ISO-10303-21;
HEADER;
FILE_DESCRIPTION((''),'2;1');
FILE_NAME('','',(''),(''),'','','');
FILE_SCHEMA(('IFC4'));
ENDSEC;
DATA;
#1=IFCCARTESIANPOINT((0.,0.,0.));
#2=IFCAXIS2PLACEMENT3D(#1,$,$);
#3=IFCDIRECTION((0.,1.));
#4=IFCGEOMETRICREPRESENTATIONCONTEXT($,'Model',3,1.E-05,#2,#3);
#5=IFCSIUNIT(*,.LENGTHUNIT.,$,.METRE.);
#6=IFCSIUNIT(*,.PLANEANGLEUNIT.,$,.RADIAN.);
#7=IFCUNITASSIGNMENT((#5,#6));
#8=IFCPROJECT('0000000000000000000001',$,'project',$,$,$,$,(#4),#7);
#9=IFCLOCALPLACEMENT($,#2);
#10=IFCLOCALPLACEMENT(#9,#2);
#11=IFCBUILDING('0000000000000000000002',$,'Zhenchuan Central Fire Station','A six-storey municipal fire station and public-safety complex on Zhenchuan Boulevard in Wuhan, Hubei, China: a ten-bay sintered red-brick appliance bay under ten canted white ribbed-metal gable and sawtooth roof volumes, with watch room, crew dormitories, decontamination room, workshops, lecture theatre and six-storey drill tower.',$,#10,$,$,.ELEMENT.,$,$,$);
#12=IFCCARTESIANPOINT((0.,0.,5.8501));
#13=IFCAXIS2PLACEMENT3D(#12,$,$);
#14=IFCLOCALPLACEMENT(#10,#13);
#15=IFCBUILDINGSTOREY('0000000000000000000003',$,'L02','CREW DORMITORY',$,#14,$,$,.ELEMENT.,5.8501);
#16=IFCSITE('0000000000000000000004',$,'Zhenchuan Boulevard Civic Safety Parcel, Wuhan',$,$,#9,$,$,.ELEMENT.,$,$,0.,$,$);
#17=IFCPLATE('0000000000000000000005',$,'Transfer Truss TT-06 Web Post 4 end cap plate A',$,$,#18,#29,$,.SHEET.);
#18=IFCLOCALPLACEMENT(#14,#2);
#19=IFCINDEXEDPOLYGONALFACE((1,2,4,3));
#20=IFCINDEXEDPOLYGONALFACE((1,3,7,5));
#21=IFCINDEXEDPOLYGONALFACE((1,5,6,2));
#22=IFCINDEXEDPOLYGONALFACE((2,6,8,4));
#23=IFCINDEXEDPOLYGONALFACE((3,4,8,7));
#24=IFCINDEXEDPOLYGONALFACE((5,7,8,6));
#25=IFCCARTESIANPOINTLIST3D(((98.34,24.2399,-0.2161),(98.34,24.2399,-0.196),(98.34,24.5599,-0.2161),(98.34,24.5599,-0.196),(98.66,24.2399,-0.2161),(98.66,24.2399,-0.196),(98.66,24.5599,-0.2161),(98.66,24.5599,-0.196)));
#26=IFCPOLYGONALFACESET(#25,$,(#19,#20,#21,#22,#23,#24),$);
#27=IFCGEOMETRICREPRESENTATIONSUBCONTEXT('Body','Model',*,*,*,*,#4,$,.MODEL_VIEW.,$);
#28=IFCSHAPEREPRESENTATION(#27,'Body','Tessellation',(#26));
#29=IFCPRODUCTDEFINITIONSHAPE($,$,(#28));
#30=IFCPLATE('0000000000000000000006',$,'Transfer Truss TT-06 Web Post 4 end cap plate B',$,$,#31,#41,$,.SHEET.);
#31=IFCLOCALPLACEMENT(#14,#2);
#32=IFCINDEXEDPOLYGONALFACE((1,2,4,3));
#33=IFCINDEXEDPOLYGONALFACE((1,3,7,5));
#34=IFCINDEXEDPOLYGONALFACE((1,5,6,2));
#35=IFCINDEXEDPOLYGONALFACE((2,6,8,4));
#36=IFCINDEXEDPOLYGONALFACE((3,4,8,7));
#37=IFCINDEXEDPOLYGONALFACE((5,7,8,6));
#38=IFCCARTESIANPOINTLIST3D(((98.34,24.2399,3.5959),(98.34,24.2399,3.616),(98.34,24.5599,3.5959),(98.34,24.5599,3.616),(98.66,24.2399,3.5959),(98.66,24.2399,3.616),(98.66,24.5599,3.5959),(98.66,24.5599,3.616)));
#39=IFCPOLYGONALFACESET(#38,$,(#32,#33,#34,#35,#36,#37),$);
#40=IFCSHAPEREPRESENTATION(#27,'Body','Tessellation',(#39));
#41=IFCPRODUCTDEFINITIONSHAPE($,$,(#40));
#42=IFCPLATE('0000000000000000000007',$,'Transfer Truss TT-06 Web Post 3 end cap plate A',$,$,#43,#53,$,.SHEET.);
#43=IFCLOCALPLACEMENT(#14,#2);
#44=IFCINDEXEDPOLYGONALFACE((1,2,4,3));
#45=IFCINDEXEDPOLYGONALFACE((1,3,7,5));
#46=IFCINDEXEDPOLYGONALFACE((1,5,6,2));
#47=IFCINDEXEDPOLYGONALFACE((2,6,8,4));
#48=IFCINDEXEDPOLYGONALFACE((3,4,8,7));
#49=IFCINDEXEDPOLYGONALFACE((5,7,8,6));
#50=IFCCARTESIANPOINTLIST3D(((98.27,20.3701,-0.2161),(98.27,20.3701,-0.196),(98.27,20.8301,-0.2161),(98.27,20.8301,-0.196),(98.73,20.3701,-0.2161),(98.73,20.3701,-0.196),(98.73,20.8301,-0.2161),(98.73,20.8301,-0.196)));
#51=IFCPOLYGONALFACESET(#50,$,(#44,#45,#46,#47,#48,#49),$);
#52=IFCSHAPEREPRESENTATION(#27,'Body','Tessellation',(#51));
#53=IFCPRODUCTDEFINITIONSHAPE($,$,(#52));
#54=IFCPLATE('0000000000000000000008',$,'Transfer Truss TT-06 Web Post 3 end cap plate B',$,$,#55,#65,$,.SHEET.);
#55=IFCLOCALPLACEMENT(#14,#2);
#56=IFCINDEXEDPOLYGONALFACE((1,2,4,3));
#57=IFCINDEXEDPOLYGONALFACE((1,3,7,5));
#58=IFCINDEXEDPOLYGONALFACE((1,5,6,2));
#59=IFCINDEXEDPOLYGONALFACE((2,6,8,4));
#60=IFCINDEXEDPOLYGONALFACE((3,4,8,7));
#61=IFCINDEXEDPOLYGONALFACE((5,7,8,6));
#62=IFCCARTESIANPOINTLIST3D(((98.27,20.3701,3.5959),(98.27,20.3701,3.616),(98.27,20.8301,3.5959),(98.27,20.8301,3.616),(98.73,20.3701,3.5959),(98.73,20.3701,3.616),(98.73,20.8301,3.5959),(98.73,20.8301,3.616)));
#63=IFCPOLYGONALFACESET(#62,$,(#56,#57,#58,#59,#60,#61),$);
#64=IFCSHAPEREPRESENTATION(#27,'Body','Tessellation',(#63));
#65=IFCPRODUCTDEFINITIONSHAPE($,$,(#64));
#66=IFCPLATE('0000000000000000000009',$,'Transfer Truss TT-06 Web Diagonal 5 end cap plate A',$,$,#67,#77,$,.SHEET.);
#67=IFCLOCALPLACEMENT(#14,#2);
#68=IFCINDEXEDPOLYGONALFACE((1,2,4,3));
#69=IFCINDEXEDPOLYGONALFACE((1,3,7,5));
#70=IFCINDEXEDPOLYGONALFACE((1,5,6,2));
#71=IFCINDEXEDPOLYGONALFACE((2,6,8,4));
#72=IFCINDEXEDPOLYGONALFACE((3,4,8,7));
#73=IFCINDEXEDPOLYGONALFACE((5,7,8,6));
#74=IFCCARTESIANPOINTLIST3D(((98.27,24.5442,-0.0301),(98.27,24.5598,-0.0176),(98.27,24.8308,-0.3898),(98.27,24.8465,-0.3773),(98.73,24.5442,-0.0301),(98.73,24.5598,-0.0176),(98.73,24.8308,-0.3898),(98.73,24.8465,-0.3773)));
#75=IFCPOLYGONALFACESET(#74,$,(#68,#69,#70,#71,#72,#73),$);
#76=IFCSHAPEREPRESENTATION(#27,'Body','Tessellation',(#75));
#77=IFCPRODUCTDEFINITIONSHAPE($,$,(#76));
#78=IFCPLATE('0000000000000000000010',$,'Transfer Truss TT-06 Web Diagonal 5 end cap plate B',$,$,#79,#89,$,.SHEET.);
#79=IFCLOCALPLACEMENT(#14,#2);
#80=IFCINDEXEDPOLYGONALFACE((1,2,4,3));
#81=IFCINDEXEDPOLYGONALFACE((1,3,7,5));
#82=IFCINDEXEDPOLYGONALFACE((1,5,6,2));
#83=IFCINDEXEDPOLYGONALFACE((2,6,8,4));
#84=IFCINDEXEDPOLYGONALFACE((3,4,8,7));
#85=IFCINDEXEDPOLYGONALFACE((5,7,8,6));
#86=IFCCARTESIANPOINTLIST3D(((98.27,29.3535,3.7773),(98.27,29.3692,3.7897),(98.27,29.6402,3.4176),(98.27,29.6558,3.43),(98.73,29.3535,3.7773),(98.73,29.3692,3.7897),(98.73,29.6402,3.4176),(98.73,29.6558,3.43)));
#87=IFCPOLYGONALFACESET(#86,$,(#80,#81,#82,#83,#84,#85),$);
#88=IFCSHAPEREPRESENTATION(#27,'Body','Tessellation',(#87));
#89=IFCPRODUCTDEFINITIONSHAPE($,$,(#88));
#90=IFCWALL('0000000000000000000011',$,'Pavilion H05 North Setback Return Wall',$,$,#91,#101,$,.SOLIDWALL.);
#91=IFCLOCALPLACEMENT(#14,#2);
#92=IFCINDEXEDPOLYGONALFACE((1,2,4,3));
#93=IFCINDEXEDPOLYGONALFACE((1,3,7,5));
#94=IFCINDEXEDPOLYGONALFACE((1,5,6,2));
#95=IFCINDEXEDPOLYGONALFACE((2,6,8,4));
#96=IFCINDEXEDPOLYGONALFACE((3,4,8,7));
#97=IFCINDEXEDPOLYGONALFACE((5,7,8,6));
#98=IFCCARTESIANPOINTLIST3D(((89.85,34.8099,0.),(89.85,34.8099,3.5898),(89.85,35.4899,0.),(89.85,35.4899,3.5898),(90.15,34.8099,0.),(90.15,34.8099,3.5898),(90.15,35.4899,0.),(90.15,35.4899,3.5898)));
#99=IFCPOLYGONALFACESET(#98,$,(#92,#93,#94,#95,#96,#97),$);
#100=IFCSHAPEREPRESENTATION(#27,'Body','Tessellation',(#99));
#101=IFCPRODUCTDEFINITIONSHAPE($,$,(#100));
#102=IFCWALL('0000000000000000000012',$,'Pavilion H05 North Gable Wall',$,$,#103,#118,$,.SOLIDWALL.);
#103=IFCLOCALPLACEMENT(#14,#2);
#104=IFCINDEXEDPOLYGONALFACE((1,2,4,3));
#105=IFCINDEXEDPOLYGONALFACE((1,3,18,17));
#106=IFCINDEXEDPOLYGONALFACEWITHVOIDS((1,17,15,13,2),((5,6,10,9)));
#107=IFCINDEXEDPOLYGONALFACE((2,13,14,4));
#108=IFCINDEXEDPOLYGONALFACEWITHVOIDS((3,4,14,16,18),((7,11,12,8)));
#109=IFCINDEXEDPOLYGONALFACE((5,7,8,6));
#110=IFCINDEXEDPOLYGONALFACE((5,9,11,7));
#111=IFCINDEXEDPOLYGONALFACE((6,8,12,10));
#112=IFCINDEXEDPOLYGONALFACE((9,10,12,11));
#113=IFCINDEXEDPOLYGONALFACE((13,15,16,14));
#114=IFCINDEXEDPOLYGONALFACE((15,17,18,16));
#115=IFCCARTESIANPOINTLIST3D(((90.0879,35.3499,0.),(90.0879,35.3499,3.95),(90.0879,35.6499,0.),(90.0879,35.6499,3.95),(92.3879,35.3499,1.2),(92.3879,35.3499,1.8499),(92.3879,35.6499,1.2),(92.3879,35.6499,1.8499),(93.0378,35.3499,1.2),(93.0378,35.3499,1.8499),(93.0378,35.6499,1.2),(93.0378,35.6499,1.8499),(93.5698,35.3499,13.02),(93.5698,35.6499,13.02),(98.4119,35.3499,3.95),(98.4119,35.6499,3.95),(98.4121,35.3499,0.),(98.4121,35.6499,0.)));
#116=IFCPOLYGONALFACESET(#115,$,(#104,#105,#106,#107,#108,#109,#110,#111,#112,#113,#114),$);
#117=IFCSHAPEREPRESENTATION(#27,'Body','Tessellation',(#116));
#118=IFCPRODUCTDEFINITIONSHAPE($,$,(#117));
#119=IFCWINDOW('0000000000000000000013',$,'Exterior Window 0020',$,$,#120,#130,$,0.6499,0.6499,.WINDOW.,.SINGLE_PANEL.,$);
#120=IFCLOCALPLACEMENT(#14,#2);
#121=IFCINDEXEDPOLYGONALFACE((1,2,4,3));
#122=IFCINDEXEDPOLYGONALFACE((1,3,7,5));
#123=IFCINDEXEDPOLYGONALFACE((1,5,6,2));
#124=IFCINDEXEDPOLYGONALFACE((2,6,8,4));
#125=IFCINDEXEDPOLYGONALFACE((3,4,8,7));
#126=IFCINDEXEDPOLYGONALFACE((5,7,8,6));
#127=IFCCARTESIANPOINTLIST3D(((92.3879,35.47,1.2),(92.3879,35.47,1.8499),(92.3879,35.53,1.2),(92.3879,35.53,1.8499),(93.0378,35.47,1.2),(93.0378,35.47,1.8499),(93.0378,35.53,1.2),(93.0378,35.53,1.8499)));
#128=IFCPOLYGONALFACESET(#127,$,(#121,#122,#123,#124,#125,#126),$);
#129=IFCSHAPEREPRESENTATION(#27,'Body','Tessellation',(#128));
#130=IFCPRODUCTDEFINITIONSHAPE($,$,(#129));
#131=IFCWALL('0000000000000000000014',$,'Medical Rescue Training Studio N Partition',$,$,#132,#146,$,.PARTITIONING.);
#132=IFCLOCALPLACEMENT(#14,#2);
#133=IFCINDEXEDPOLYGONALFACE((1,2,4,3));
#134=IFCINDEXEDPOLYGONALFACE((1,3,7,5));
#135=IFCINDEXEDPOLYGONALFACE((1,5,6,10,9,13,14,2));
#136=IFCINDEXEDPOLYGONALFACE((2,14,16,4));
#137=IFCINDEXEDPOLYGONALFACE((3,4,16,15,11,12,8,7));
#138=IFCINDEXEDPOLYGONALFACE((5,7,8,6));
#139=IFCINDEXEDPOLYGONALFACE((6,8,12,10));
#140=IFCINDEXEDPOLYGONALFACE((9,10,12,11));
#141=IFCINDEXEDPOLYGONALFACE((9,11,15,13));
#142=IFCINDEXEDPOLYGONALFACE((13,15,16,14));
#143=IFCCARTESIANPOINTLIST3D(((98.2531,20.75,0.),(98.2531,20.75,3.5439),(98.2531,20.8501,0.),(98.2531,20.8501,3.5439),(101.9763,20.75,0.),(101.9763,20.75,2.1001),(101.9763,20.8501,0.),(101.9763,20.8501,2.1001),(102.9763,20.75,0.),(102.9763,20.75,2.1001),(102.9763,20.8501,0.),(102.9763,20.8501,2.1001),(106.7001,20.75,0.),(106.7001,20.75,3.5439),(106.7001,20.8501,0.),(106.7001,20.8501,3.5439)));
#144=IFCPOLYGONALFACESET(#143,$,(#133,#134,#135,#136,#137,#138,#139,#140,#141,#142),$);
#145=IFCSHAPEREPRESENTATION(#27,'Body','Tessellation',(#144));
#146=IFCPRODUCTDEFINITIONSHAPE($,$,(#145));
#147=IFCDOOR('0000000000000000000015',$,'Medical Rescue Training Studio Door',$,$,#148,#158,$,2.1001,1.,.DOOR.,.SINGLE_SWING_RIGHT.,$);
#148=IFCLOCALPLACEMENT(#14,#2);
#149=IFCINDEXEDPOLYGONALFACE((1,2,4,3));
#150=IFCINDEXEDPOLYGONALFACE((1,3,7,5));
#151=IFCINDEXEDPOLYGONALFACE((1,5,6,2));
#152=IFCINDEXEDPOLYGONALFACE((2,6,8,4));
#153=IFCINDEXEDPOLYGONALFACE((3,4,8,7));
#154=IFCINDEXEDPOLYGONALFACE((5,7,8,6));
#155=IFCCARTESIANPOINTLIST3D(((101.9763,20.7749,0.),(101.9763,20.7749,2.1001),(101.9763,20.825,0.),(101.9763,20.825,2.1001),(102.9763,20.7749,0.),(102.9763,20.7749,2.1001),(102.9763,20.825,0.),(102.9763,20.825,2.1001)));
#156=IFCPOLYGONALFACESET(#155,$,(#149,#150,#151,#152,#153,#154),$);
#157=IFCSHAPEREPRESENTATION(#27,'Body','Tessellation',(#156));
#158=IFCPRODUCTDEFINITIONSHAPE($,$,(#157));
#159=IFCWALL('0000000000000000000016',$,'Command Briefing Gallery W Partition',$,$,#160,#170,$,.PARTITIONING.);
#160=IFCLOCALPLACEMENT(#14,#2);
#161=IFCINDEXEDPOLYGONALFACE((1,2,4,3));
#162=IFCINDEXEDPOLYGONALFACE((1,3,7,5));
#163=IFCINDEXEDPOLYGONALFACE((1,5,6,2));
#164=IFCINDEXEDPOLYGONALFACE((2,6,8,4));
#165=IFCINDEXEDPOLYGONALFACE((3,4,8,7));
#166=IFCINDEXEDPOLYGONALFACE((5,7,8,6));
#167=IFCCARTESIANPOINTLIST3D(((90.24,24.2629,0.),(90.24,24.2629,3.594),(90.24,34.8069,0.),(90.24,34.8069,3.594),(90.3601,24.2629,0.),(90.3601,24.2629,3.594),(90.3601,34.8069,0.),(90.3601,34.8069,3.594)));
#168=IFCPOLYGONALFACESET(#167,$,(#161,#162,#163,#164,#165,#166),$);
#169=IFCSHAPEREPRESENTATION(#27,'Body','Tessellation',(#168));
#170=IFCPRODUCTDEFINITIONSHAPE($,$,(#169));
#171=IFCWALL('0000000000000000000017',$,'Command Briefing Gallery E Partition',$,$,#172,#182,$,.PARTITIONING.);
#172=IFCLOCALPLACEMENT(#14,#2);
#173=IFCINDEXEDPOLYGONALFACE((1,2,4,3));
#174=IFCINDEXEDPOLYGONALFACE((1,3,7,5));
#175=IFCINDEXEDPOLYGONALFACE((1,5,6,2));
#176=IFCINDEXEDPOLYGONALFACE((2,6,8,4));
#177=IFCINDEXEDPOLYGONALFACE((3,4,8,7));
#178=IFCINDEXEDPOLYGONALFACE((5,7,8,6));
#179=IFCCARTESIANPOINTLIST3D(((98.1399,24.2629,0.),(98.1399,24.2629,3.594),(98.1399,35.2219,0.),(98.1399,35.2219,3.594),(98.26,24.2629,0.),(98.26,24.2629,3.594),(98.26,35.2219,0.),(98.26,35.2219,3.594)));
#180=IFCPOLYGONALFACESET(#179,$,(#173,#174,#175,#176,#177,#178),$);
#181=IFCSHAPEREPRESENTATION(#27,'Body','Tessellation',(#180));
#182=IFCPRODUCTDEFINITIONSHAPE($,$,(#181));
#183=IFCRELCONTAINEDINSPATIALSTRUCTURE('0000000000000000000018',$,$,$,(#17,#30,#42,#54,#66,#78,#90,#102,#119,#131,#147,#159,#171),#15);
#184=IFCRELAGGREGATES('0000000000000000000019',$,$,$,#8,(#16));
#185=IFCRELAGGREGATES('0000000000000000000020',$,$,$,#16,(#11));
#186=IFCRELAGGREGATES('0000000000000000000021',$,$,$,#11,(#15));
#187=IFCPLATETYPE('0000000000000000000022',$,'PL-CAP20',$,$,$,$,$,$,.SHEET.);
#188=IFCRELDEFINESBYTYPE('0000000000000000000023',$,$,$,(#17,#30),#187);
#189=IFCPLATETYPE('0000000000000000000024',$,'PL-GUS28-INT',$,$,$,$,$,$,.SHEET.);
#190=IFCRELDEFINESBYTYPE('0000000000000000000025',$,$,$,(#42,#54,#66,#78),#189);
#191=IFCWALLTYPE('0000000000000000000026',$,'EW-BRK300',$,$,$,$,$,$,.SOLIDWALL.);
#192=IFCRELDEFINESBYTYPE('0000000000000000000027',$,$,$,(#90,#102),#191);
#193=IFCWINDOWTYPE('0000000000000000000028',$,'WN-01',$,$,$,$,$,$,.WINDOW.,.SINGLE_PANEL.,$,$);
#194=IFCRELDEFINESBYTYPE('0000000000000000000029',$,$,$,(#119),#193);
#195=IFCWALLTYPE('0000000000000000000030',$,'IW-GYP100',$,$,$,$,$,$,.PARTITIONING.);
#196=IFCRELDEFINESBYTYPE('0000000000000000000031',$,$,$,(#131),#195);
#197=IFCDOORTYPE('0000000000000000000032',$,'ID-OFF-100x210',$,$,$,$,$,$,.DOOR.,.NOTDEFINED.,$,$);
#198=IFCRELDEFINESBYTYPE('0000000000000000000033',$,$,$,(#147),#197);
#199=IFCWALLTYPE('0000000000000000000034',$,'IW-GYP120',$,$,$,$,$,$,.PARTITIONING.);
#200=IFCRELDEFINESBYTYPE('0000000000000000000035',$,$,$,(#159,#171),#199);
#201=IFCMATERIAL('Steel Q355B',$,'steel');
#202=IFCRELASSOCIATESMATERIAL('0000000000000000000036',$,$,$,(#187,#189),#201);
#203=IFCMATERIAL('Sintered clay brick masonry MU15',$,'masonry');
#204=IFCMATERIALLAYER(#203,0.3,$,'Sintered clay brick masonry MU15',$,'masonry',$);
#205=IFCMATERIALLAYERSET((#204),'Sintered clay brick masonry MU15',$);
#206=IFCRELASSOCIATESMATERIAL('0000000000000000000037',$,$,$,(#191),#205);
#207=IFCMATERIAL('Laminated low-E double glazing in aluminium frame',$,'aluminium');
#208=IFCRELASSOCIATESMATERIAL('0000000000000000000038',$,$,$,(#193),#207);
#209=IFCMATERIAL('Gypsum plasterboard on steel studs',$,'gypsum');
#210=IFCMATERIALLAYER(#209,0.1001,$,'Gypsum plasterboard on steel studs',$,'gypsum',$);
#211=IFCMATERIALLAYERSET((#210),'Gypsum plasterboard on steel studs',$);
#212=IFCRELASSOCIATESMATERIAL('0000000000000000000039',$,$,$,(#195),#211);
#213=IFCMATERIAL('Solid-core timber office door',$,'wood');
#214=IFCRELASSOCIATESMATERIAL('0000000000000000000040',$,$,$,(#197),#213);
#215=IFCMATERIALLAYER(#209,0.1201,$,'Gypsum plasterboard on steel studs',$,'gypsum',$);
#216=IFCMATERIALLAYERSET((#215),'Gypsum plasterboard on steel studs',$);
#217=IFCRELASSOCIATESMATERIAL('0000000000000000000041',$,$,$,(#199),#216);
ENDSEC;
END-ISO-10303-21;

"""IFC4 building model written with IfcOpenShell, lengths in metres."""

from ifc_helpers import new_model, si_unit, direction, frame, frame_2d, origin, origin_2d, place, context, subcontext, project, spatial, polyline, rectangle, outline, extrude, material, layer, layer_set, material_profile, profile_set, type_object, element, fill, save


model = new_model("IFC4")

# Units and contexts
model_context = context("Model", 3, precision=1e-05, world=origin(), true_north=direction((0.0, 1.0)))
body_context = subcontext(model_context, "Body", "Model", "MODEL_VIEW")
ifc_project = project(units=[si_unit("LENGTHUNIT", "METRE"), si_unit("PLANEANGLEUNIT", "RADIAN")], contexts=[model_context])

# Site, building, storey
site_placement = place(None, origin())
site = spatial("IfcSite", under=ifc_project, at=site_placement, Name="Zhenchuan Boulevard Civic Safety Parcel, Wuhan", CompositionType="ELEMENT", RefElevation=0.0)
building_placement = place(site_placement, origin())
building = spatial("IfcBuilding", under=site, at=building_placement, Name="Zhenchuan Central Fire Station", Description="A six-storey municipal fire station and public-safety complex on Zhenchuan Boulevard in Wuhan, Hubei, China: a ten-bay sintered red-brick appliance bay under ten canted white ribbed-metal gable and sawtooth roof volumes, with watch room, crew dormitories, decontamination room, workshops, lecture theatre and six-storey drill tower.", CompositionType="ELEMENT")
storey_placement = place(building_placement, frame((0.0, 0.0, 5.8501)))
storey = spatial("IfcBuildingStorey", under=building, at=storey_placement, Name="L02", Description="CREW DORMITORY", CompositionType="ELEMENT", Elevation=5.8501)

# Shared definitions
ifc_material_1 = material(Name="Steel Q355B", Category="steel")

# Plates
ifc_material_profile_1 = material_profile(ifc_material_1, rectangle(XDim=0.3201, YDim=0.3201, at=origin_2d()), Name="PL 320x320x20")
ifc_profile_set_1 = profile_set([ifc_material_profile_1], Name="Steel Q355B")
plate_type_1 = type_object("IfcPlateType", Name="PL-CAP20", PredefinedType="SHEET", material=ifc_profile_set_1)
for number, where, z_axis, x_axis, name in (
    (1, (98.5, 24.3999, -0.2161), (0.0, 0.0, 1.0), (1.0, 0.0, 0.0), "Transfer Truss TT-06 Web Post 4 end cap plate A"),
    (2, (98.5, 24.3999, 3.5959), (0.0, 0.0, 1.0), (1.0, 0.0, 0.0), "Transfer Truss TT-06 Web Post 4 end cap plate B"),
):
    element("IfcPlate", number, at=place(storey_placement, frame(where, z_axis=z_axis, x_axis=x_axis)), inside=storey, type_object=plate_type_1, Name=name, PredefinedType="SHEET", context=body_context, shape_type="SweptSolid", body=[
        extrude(rectangle(XDim=0.3201, YDim=0.3201, at=origin_2d()), origin(), (0.0, 0.0, 1.0), 0.02),
    ])
ifc_material_profile_2 = material_profile(ifc_material_1, rectangle(XDim=0.46, YDim=0.46, at=origin_2d()), Name="PL 460x460x28")
ifc_profile_set_2 = profile_set([ifc_material_profile_2], Name="Steel Q355B")
plate_type_2 = type_object("IfcPlateType", Name="PL-GUS28-INT", PredefinedType="SHEET", material=ifc_profile_set_2)
for number, where, z_axis, x_axis, name in (
    (3, (98.5, 20.6001, -0.2161), (0.0, 0.0, 1.0), (1.0, 0.0, 0.0), "Transfer Truss TT-06 Web Post 3 end cap plate A"),
    (4, (98.5, 20.6001, 3.5959), (0.0, 0.0, 1.0), (1.0, 0.0, 0.0), "Transfer Truss TT-06 Web Post 3 end cap plate B"),
    (5, (98.5, 24.6875, -0.21), (0.0, 0.78206, 0.623204), (-1.0, 0.0, 0.0), "Transfer Truss TT-06 Web Diagonal 5 end cap plate A"),
    (6, (98.5, 29.4968, 3.5974), (0.0, 0.78206, 0.623204), (-1.0, 0.0, 0.0), "Transfer Truss TT-06 Web Diagonal 5 end cap plate B"),
):
    element("IfcPlate", number, at=place(storey_placement, frame(where, z_axis=z_axis, x_axis=x_axis)), inside=storey, type_object=plate_type_2, Name=name, PredefinedType="SHEET", context=body_context, shape_type="SweptSolid", body=[
        extrude(rectangle(XDim=0.46, YDim=0.46, at=origin_2d()), origin(), (0.0, 0.0, 1.0), 0.02),
    ])

# Wall
ifc_material_2 = material(Name="Sintered clay brick masonry MU15", Category="masonry")
ifc_layer_1 = layer(ifc_material_2, 0.3, Name="Sintered clay brick masonry MU15", Category="masonry")
ifc_layer_set_1 = layer_set([ifc_layer_1], Name="Sintered clay brick masonry MU15")
wall_type_1 = type_object("IfcWallType", Name="EW-BRK300", PredefinedType="SOLIDWALL", material=ifc_layer_set_1)
wall_1_placement = place(storey_placement, frame((90.0, 34.8101, 0.0), z_axis=(0.0, 0.0, 1.0), x_axis=(0.0, 1.0, 0.0)))
element("IfcWall", 7, at=wall_1_placement, inside=storey, type_object=wall_type_1, Name="Pavilion H05 North Setback Return Wall", PredefinedType="SOLIDWALL", context=body_context, shape_type="SweptSolid", body=[
    extrude(rectangle(XDim=0.6799, YDim=0.3, at=frame_2d((0.3398, 0.0))), origin(), (0.0, 0.0, 1.0), 3.5898),
])

# Wall, opening, window
wall_2_placement = place(storey_placement, frame((90.0879, 35.5, 0.0), z_axis=(0.0, 0.0, 1.0), x_axis=(1.0, 0.0, 0.0)))
wall_2 = element("IfcWall", 8, at=wall_2_placement, inside=storey, type_object=wall_type_1, Name="Pavilion H05 North Gable Wall", PredefinedType="SOLIDWALL", context=body_context, shape_type="SweptSolid", body=[
    extrude(outline(polyline([(0.0, 0.0), (8.3242, 0.0), (8.324, 3.95), (3.4819, 13.02), (0.0, 3.95), (0.0, 0.0)])), frame((0.0, 0.1499, 0.0), z_axis=(0.0, -1.0, 0.0), x_axis=(1.0, 0.0, 0.0)), (0.0, 0.0, 1.0), 0.3),
])
opening_1_placement = place(wall_2_placement, frame((2.3, 0.0, 1.2)))
opening_1 = element("IfcOpeningElement", 9, at=opening_1_placement, cuts=wall_2, PredefinedType="OPENING", context=body_context, shape_type="SweptSolid", body=[
    extrude(rectangle(XDim=0.6499, YDim=0.6499, at=frame_2d((0.325, 0.325))), frame((0.0, 0.1599, 0.0), z_axis=(0.0, -1.0, 0.0), x_axis=(1.0, 0.0, 0.0)), (0.0, 0.0, 1.0), 0.3201),
])
ifc_material_3 = material(Name="Laminated low-E double glazing in aluminium frame", Category="aluminium")
window_type = type_object("IfcWindowType", Name="WN-01", PartitioningType="SINGLE_PANEL", PredefinedType="WINDOW", material=ifc_material_3)
window_placement = place(opening_1_placement, origin())
window = element("IfcWindow", 10, at=window_placement, inside=storey, type_object=window_type, Name="Exterior Window 0020", OverallHeight=0.6499, OverallWidth=0.6499, PartitioningType="SINGLE_PANEL", PredefinedType="WINDOW", context=body_context, shape_type="SweptSolid", body=[
    extrude(rectangle(XDim=0.6499, YDim=0.6499, at=frame_2d((0.325, 0.325))), frame((0.0, 0.03, 0.0), z_axis=(0.0, -1.0, 0.0), x_axis=(1.0, 0.0, 0.0)), (0.0, 0.0, 1.0), 0.0601),
])
fill(opening_1, window)

# Wall, opening, door
ifc_material_4 = material(Name="Gypsum plasterboard on steel studs", Category="gypsum")
ifc_layer_2 = layer(ifc_material_4, 0.1001, Name="Gypsum plasterboard on steel studs", Category="gypsum")
ifc_layer_set_2 = layer_set([ifc_layer_2], Name="Gypsum plasterboard on steel studs")
wall_type_2 = type_object("IfcWallType", Name="IW-GYP100", PredefinedType="PARTITIONING", material=ifc_layer_set_2)
wall_3_placement = place(storey_placement, frame((98.2529, 20.8, 0.0), z_axis=(0.0, 0.0, 1.0), x_axis=(1.0, 0.0, 0.0)))
wall_3 = element("IfcWall", 11, at=wall_3_placement, inside=storey, type_object=wall_type_2, Name="Medical Rescue Training Studio N Partition", PredefinedType="PARTITIONING", context=body_context, shape_type="SweptSolid", body=[
    extrude(rectangle(XDim=8.447, YDim=0.1001, at=frame_2d((4.2236, 0.0))), origin(), (0.0, 0.0, 1.0), 3.5439),
])
opening_2_placement = place(wall_3_placement, frame((3.7234, 0.0, 0.0)))
opening_2 = element("IfcOpeningElement", 12, at=opening_2_placement, cuts=wall_3, PredefinedType="OPENING", context=body_context, shape_type="SweptSolid", body=[
    extrude(rectangle(XDim=1.0, YDim=2.1001, at=frame_2d((0.5, 1.05))), frame((0.0, 0.0601, 0.0), z_axis=(0.0, -1.0, 0.0), x_axis=(1.0, 0.0, 0.0)), (0.0, 0.0, 1.0), 0.1201),
])
ifc_material_5 = material(Name="Solid-core timber office door", Category="wood")
door_type_1 = type_object("IfcDoorType", Name="ID-OFF-100x210", OperationType="NOTDEFINED", PredefinedType="DOOR", material=ifc_material_5)
door_1_placement = place(opening_2_placement, origin())
door_1 = element("IfcDoor", 13, at=door_1_placement, inside=storey, type_object=door_type_1, Name="Medical Rescue Training Studio Door", OperationType="SINGLE_SWING_RIGHT", OverallHeight=2.1001, OverallWidth=1.0, PredefinedType="DOOR", context=body_context, shape_type="SweptSolid", body=[
    extrude(rectangle(XDim=1.0, YDim=2.1001, at=frame_2d((0.5, 1.05))), frame((0.0, 0.0249, 0.0), z_axis=(0.0, -1.0, 0.0), x_axis=(1.0, 0.0, 0.0)), (0.0, 0.0, 1.0), 0.05),
])
fill(opening_2, door_1)

# Walls
ifc_layer_3 = layer(ifc_material_4, 0.1201, Name="Gypsum plasterboard on steel studs", Category="gypsum")
ifc_layer_set_3 = layer_set([ifc_layer_3], Name="Gypsum plasterboard on steel studs")
wall_type_3 = type_object("IfcWallType", Name="IW-GYP120", PredefinedType="PARTITIONING", material=ifc_layer_set_3)
wall_4_placement = place(storey_placement, frame((90.3, 24.2629, 0.0), z_axis=(0.0, 0.0, 1.0), x_axis=(0.0, 1.0, 0.0)))
element("IfcWall", 14, at=wall_4_placement, inside=storey, type_object=wall_type_3, Name="Command Briefing Gallery W Partition", PredefinedType="PARTITIONING", context=body_context, shape_type="SweptSolid", body=[
    extrude(rectangle(XDim=10.5439, YDim=0.1201, at=frame_2d((5.272, 0.0))), origin(), (0.0, 0.0, 1.0), 3.594),
])
wall_5_placement = place(storey_placement, frame((98.2, 24.2629, 0.0), z_axis=(0.0, 0.0, 1.0), x_axis=(0.0, 1.0, 0.0)))
element("IfcWall", 15, at=wall_5_placement, inside=storey, type_object=wall_type_3, Name="Command Briefing Gallery E Partition", PredefinedType="PARTITIONING", context=body_context, shape_type="SweptSolid", body=[
    extrude(rectangle(XDim=10.959, YDim=0.1201, at=frame_2d((5.4795, 0.0))), origin(), (0.0, 0.0, 1.0), 3.594),
])

save(model, "model.ifc")
